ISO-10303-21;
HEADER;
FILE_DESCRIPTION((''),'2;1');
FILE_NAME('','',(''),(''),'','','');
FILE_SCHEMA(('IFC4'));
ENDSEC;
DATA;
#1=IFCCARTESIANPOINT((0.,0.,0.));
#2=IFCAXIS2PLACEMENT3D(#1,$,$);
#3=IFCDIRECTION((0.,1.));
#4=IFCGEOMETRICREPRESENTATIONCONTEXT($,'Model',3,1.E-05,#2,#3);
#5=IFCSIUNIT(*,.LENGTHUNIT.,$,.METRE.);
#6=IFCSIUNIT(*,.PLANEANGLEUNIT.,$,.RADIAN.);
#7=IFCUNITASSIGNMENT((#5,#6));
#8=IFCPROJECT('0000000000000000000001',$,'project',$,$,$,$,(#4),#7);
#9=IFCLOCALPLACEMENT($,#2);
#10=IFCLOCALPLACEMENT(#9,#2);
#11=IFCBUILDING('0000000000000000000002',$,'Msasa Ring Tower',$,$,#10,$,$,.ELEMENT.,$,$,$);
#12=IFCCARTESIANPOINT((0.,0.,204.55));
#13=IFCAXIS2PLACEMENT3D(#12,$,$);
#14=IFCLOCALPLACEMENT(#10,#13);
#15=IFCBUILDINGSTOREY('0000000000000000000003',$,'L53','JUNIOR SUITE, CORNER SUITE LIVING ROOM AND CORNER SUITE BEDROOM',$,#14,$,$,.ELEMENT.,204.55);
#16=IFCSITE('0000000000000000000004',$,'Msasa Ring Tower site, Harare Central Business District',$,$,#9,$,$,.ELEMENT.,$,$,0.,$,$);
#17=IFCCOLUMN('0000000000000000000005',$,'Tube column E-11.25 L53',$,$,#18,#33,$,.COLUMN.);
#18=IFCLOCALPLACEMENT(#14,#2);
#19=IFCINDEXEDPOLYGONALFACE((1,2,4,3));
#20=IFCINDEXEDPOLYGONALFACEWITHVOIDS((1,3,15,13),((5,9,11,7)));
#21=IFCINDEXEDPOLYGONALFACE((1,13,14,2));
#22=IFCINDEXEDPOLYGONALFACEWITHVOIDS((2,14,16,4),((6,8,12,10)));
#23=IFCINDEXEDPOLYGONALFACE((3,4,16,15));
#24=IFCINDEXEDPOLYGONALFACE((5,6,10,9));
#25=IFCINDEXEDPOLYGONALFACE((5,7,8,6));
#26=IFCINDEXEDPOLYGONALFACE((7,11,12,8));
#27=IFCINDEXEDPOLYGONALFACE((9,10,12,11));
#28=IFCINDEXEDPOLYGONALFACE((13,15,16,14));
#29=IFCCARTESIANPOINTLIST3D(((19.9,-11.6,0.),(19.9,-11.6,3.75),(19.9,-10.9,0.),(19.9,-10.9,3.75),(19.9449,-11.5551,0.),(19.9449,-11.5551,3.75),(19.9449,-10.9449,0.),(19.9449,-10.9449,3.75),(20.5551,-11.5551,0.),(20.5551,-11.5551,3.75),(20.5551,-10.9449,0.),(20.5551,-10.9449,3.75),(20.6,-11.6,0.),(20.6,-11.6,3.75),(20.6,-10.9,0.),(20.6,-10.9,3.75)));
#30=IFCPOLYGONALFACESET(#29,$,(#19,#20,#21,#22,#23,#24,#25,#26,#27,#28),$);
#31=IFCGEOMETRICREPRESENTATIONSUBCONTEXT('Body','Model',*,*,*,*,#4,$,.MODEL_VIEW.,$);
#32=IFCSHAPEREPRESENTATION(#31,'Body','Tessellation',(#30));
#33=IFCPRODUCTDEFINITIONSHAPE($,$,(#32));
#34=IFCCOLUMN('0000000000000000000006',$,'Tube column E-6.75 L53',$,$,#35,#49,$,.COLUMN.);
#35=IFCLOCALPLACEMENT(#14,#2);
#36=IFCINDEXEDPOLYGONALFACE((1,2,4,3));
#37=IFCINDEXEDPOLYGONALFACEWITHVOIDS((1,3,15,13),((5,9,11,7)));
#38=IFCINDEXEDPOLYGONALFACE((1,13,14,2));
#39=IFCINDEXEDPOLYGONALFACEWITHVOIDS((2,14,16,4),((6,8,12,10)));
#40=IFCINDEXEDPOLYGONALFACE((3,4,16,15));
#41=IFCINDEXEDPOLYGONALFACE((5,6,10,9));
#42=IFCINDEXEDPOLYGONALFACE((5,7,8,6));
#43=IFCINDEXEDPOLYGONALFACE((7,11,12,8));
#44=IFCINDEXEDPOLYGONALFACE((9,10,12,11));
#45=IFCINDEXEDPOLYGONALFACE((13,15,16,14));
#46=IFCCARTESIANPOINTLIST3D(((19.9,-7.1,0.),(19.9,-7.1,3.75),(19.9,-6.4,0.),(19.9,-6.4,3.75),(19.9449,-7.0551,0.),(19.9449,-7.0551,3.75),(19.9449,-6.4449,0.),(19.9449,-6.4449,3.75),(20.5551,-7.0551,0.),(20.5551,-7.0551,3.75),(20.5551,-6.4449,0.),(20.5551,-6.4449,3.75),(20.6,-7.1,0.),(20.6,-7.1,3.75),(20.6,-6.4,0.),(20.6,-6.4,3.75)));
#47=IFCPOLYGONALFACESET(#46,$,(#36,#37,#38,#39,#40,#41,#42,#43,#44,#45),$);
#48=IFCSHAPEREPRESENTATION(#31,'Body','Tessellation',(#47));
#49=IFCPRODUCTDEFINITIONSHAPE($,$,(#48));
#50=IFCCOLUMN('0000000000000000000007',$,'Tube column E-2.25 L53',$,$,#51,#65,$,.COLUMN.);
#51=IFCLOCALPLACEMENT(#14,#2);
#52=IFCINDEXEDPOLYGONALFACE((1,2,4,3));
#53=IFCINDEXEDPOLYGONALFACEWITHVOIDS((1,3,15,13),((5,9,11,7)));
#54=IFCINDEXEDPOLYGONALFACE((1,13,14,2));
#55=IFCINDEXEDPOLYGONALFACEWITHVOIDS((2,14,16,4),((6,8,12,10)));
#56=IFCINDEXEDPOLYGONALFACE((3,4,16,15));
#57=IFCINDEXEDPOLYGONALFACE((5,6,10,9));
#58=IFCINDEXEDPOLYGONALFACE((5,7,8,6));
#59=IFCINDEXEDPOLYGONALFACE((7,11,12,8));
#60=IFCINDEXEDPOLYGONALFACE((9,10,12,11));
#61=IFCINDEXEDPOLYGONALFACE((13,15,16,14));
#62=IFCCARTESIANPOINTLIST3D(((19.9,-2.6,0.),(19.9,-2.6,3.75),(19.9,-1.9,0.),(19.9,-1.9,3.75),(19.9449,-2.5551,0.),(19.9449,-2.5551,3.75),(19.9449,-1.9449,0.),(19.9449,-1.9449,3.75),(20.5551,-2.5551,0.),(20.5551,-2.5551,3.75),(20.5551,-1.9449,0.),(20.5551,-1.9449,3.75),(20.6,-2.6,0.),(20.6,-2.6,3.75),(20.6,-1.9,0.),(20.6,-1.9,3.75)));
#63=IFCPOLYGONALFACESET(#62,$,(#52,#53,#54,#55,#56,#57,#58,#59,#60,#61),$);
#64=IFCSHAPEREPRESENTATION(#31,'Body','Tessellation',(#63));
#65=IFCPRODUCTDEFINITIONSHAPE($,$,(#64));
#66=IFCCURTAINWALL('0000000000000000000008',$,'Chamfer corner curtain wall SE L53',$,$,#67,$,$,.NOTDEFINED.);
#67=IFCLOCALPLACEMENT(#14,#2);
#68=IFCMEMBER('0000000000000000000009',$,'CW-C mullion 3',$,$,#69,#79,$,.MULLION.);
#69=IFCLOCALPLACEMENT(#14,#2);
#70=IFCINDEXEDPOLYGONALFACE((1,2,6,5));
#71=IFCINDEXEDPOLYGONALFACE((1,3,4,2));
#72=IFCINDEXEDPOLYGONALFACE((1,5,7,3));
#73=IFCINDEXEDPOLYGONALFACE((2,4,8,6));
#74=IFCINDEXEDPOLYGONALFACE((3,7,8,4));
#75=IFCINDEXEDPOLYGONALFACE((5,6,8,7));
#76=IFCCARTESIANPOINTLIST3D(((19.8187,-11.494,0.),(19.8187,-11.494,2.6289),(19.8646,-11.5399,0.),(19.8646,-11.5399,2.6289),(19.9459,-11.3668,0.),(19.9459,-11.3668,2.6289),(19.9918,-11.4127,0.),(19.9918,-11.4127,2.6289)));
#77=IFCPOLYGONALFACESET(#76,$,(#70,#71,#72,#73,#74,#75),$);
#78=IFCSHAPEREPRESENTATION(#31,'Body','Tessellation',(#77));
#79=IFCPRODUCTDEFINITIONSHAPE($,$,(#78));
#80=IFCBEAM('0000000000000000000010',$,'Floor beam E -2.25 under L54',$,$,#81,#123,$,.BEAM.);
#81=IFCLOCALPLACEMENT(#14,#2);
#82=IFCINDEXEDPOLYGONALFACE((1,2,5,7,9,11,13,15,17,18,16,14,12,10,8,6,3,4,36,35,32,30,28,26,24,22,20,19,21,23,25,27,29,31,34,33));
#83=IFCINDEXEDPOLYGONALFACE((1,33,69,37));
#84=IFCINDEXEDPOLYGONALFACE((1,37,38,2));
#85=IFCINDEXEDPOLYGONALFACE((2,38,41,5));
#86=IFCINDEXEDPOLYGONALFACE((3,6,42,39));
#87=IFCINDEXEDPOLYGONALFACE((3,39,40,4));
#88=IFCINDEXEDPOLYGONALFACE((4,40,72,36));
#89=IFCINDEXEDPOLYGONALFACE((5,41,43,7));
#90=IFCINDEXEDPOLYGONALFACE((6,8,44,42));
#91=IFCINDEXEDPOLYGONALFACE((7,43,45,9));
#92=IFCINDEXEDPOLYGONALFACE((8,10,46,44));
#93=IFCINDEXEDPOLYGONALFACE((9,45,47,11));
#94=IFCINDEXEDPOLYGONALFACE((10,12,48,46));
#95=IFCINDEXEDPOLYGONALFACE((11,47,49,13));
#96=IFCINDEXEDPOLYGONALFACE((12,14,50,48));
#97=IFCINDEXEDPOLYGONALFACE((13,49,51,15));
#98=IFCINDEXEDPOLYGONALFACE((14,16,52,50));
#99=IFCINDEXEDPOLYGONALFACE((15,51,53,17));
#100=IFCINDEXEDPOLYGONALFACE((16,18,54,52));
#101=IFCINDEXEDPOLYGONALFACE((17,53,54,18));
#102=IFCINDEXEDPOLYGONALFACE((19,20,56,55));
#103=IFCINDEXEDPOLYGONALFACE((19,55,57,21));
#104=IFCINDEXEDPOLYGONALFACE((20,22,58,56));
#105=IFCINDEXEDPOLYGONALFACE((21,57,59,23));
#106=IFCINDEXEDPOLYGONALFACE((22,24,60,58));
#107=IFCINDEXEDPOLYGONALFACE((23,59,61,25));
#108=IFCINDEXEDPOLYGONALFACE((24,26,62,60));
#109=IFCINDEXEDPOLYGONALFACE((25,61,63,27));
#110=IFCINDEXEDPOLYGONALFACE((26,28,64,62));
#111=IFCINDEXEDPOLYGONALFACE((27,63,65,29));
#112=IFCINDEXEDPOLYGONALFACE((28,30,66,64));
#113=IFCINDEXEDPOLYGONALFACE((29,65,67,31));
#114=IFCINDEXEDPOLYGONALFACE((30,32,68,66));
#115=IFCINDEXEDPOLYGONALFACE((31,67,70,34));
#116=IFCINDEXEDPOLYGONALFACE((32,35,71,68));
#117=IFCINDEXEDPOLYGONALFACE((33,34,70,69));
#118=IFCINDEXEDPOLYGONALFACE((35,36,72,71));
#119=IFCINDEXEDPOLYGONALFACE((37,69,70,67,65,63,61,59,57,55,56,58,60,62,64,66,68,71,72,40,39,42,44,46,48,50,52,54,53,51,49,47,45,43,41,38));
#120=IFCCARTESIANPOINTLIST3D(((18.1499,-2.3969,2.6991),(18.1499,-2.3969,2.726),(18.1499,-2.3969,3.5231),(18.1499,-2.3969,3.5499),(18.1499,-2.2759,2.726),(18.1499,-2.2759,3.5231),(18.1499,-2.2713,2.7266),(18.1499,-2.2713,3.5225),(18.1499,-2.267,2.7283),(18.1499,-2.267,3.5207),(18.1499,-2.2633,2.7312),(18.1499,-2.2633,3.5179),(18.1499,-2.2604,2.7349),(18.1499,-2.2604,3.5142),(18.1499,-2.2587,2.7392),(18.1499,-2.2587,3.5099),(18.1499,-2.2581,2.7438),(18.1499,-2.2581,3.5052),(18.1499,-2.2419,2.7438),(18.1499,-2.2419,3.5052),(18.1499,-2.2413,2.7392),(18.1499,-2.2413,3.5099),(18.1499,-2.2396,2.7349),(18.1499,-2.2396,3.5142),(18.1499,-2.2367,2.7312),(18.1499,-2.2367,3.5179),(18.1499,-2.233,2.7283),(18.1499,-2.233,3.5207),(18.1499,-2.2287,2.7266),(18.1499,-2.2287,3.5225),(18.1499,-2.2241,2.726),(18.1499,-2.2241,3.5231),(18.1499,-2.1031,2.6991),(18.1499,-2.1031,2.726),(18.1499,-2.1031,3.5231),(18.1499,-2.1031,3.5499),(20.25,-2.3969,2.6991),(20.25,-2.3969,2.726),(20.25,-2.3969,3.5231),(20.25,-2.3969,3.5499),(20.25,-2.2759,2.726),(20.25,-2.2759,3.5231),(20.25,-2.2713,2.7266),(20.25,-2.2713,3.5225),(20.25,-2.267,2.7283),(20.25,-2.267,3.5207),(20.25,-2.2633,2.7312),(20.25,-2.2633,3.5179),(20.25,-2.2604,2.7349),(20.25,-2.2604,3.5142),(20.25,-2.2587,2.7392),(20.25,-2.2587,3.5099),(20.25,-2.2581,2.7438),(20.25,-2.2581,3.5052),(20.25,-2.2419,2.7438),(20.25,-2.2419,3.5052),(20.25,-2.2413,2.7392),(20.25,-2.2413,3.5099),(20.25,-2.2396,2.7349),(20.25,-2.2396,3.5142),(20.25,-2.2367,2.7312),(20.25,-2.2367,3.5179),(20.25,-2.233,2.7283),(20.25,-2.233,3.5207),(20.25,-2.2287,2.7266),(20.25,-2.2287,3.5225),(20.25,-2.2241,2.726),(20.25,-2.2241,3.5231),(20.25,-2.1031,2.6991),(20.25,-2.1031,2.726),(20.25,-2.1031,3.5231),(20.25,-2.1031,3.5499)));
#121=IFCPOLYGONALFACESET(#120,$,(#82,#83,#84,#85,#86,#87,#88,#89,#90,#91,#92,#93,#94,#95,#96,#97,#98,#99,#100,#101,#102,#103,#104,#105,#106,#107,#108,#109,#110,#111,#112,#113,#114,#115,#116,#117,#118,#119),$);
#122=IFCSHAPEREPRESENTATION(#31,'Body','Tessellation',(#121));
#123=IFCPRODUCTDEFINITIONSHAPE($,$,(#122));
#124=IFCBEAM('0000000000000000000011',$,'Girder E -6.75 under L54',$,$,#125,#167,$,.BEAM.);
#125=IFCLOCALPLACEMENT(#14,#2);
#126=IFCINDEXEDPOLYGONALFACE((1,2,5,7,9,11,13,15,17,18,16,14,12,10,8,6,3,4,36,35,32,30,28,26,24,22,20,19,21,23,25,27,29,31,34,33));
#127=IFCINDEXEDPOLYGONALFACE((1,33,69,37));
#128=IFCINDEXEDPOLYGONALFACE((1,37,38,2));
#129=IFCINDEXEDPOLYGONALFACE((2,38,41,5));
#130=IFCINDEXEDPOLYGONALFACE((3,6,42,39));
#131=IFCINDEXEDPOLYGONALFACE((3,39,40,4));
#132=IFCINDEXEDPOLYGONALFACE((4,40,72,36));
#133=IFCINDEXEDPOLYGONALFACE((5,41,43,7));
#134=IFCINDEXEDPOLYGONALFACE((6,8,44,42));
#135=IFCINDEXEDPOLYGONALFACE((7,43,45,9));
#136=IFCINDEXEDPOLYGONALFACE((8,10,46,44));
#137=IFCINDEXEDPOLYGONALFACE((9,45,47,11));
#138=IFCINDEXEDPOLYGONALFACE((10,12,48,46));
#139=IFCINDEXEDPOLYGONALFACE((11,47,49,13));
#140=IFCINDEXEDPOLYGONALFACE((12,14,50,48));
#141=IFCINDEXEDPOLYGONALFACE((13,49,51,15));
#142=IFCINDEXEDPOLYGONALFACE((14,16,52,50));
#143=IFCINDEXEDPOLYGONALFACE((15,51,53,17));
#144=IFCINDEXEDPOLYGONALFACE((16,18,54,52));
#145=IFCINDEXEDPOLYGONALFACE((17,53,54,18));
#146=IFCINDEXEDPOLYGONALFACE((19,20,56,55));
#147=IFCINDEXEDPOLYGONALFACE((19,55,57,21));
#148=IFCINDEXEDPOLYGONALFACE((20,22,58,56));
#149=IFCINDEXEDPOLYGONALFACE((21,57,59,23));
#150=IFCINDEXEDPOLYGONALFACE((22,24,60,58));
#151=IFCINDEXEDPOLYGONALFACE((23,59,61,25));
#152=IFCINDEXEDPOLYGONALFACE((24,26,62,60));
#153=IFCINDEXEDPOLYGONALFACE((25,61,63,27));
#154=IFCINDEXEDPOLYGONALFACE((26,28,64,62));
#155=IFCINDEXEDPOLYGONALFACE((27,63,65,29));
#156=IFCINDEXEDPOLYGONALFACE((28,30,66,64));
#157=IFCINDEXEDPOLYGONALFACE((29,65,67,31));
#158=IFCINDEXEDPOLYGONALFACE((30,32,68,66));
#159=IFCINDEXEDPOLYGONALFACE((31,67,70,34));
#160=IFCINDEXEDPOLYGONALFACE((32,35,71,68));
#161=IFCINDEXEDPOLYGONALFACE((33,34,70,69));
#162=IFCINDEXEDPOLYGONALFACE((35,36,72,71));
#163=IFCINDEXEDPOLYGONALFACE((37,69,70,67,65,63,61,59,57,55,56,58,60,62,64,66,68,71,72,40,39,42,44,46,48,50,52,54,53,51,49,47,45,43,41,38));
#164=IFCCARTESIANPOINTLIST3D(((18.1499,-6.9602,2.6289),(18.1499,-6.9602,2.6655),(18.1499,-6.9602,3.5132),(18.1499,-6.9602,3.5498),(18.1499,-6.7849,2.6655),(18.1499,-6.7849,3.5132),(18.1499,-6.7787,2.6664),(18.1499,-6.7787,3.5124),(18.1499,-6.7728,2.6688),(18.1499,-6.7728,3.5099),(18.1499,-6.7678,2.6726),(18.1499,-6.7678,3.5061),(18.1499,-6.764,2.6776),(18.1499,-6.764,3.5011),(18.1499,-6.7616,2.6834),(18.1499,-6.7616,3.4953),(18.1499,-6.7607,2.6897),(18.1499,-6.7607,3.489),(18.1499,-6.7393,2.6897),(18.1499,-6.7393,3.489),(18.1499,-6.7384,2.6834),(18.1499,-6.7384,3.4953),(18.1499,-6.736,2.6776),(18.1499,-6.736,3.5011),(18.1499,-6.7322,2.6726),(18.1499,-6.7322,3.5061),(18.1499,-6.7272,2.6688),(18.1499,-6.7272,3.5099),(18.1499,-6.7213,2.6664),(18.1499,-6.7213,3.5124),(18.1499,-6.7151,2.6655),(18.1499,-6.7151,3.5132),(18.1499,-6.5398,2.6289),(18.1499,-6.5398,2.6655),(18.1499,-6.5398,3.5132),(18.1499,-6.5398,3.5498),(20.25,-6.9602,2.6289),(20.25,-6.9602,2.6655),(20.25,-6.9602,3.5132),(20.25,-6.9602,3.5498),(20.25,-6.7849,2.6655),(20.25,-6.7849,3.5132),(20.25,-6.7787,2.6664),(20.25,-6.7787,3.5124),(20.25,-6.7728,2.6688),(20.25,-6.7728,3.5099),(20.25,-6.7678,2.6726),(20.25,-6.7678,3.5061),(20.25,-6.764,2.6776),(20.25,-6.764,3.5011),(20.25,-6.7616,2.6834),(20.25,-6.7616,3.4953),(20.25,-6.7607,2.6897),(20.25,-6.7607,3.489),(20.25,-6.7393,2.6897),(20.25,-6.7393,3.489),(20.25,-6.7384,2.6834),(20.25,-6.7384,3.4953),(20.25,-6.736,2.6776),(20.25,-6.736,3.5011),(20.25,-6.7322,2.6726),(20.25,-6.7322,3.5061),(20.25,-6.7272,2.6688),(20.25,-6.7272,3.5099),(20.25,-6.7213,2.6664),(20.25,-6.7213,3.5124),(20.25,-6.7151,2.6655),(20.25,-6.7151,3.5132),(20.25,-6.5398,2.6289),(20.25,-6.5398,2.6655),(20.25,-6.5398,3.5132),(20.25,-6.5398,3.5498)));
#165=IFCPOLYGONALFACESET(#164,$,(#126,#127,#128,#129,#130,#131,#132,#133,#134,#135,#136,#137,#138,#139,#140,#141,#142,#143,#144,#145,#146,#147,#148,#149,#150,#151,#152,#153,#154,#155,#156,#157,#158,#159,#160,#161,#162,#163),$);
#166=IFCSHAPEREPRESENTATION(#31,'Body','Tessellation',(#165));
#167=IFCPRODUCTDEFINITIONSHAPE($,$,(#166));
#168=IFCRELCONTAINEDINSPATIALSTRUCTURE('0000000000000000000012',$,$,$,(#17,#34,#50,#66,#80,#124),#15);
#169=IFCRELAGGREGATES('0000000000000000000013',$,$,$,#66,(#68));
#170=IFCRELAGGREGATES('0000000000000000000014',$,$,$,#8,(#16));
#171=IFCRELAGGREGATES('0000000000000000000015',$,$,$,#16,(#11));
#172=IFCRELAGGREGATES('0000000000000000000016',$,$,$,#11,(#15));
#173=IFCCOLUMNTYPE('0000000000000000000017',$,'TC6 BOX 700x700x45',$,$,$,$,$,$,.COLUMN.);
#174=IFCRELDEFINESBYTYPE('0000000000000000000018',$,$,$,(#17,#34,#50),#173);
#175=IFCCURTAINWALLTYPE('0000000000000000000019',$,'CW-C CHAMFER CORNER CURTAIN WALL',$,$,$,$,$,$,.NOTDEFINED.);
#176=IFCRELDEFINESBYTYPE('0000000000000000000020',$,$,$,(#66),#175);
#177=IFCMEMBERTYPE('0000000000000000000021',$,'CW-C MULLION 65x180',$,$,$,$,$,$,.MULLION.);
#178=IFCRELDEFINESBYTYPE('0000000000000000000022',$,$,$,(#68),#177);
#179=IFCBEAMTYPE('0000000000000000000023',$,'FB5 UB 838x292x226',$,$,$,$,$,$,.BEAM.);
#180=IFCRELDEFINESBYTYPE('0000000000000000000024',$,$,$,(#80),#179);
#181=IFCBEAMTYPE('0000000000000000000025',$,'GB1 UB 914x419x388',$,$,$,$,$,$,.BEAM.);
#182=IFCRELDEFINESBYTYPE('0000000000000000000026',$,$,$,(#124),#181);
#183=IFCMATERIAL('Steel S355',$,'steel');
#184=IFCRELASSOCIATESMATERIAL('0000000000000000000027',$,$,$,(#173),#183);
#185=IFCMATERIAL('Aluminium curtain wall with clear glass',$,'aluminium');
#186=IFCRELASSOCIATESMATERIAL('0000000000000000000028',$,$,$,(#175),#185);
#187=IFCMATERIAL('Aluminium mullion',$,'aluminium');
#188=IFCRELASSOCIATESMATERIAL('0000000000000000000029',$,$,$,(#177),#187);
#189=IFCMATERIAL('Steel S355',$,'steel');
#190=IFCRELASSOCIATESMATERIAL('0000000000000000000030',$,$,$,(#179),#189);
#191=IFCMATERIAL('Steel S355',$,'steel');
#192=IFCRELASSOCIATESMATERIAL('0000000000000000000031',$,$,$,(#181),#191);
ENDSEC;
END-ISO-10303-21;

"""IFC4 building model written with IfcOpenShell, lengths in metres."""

from ifc_helpers import new_model, si_unit, direction, frame, origin, origin_2d, place, context, subcontext, project, spatial, rectangle, hollow_rectangle, i_section, extrude, material, material_profile, profile_set, type_object, element, aggregate, save


model = new_model("IFC4")

# Units and contexts
model_context = context("Model", 3, precision=1e-05, world=origin(), true_north=direction((0.0, 1.0)))
body_context = subcontext(model_context, "Body", "Model", "MODEL_VIEW")
ifc_project = project(units=[si_unit("LENGTHUNIT", "METRE"), si_unit("PLANEANGLEUNIT", "RADIAN")], contexts=[model_context])

# Site, building, storey
site_placement = place(None, origin())
site = spatial("IfcSite", under=ifc_project, at=site_placement, Name="Msasa Ring Tower site, Harare Central Business District", CompositionType="ELEMENT", RefElevation=0.0)
building_placement = place(site_placement, origin())
building = spatial("IfcBuilding", under=site, at=building_placement, Name="Msasa Ring Tower", CompositionType="ELEMENT")
storey_placement = place(building_placement, frame((0.0, 0.0, 204.55)))
storey = spatial("IfcBuildingStorey", under=building, at=storey_placement, Name="L53", Description="JUNIOR SUITE, CORNER SUITE LIVING ROOM AND CORNER SUITE BEDROOM", CompositionType="ELEMENT", Elevation=204.55)

# Columns
ifc_material_1 = material(Name="Steel S355", Category="steel")
ifc_material_profile_1 = material_profile(ifc_material_1, hollow_rectangle(XDim=0.7, YDim=0.7, WallThickness=0.0449, at=origin_2d()), Name="BOX 700x700x45")
ifc_profile_set_1 = profile_set([ifc_material_profile_1], Name="Steel S355")
column_type = type_object("IfcColumnType", Name="TC6 BOX 700x700x45", PredefinedType="COLUMN", material=ifc_profile_set_1)
for number, where, z_axis, x_axis, name in (
    (1, (20.25, -11.25, 0.0), (0.0, 0.0, 1.0), (1.0, 0.0, 0.0), "Tube column E-11.25 L53"),
    (2, (20.25, -6.75, 0.0), (0.0, 0.0, 1.0), (1.0, 0.0, 0.0), "Tube column E-6.75 L53"),
    (3, (20.25, -2.25, 0.0), (0.0, 0.0, 1.0), (1.0, 0.0, 0.0), "Tube column E-2.25 L53"),
):
    element("IfcColumn", number, at=place(storey_placement, frame(where, z_axis=z_axis, x_axis=x_axis)), inside=storey, type_object=column_type, Name=name, PredefinedType="COLUMN", context=body_context, shape_type="SweptSolid", body=[
        extrude(hollow_rectangle(XDim=0.7, YDim=0.7, WallThickness=0.0449, at=origin_2d()), origin(), (0.0, 0.0, 1.0), 3.75),
    ])

# Curtain wall, member
ifc_material_2 = material(Name="Aluminium curtain wall with clear glass", Category="aluminium")
curtain_wall_type = type_object("IfcCurtainWallType", Name="CW-C CHAMFER CORNER CURTAIN WALL", PredefinedType="NOTDEFINED", material=ifc_material_2)
curtain_wall_placement = place(storey_placement, origin())
curtain_wall = element("IfcCurtainWall", 4, at=curtain_wall_placement, inside=storey, type_object=curtain_wall_type, Name="Chamfer corner curtain wall SE L53", PredefinedType="NOTDEFINED")
ifc_material_3 = material(Name="Aluminium mullion", Category="aluminium")
ifc_material_profile_2 = material_profile(ifc_material_3, rectangle(XDim=0.0649, YDim=0.1799, at=origin_2d()), Name="AL 65x180")
ifc_profile_set_2 = profile_set([ifc_material_profile_2], Name="Aluminium mullion")
member_type = type_object("IfcMemberType", Name="CW-C MULLION 65x180", PredefinedType="MULLION", material=ifc_profile_set_2)
member_placement = place(storey_placement, frame((19.9053, -11.4534, 0.0), z_axis=(0.0, 0.0, 1.0), x_axis=(-0.707107, 0.707107, 0.0)))
member = element("IfcMember", 5, at=member_placement, type_object=member_type, Name="CW-C mullion 3", PredefinedType="MULLION", context=body_context, shape_type="SweptSolid", body=[
    extrude(rectangle(XDim=0.0649, YDim=0.1799, at=origin_2d()), origin(), (0.0, 0.0, 1.0), 2.6289),
])
aggregate(curtain_wall, [member])

# Beams
ifc_material_4 = material(Name="Steel S355", Category="steel")
ifc_material_profile_3 = material_profile(ifc_material_4, i_section(OverallWidth=0.2937, OverallDepth=0.8508, WebThickness=0.0161, FlangeThickness=0.0269, FilletRadius=0.0178, at=origin_2d()), Name="UB 838x292x226")
ifc_profile_set_3 = profile_set([ifc_material_profile_3], Name="Steel S355")
beam_type_1 = type_object("IfcBeamType", Name="FB5 UB 838x292x226", PredefinedType="BEAM", material=ifc_profile_set_3)
beam_1_placement = place(storey_placement, frame((20.25, -2.25, 3.1245), z_axis=(-1.0, 0.0, 0.0), x_axis=(0.0, -1.0, 0.0)))
element("IfcBeam", 6, at=beam_1_placement, inside=storey, type_object=beam_type_1, Name="Floor beam E -2.25 under L54", PredefinedType="BEAM", context=body_context, shape_type="SweptSolid", body=[
    extrude(i_section(OverallWidth=0.2937, OverallDepth=0.8508, WebThickness=0.0161, FlangeThickness=0.0269, FilletRadius=0.0178, at=origin_2d()), origin(), (0.0, 0.0, 1.0), 2.1001),
])
ifc_material_5 = material(Name="Steel S355", Category="steel")
ifc_material_profile_4 = material_profile(ifc_material_5, i_section(OverallWidth=0.4204, OverallDepth=0.9209, WebThickness=0.0215, FlangeThickness=0.0366, FilletRadius=0.0242, at=origin_2d()), Name="UB 914x419x388")
ifc_profile_set_4 = profile_set([ifc_material_profile_4], Name="Steel S355")
beam_type_2 = type_object("IfcBeamType", Name="GB1 UB 914x419x388", PredefinedType="BEAM", material=ifc_profile_set_4)
beam_2_placement = place(storey_placement, frame((18.1499, -6.75, 3.0894), z_axis=(1.0, 0.0, 0.0), x_axis=(0.0, 1.0, 0.0)))
element("IfcBeam", 7, at=beam_2_placement, inside=storey, type_object=beam_type_2, Name="Girder E -6.75 under L54", PredefinedType="BEAM", context=body_context, shape_type="SweptSolid", body=[
    extrude(i_section(OverallWidth=0.4204, OverallDepth=0.9209, WebThickness=0.0215, FlangeThickness=0.0366, FilletRadius=0.0242, at=origin_2d()), origin(), (0.0, 0.0, 1.0), 2.1001),
])

save(model, "model.ifc")
